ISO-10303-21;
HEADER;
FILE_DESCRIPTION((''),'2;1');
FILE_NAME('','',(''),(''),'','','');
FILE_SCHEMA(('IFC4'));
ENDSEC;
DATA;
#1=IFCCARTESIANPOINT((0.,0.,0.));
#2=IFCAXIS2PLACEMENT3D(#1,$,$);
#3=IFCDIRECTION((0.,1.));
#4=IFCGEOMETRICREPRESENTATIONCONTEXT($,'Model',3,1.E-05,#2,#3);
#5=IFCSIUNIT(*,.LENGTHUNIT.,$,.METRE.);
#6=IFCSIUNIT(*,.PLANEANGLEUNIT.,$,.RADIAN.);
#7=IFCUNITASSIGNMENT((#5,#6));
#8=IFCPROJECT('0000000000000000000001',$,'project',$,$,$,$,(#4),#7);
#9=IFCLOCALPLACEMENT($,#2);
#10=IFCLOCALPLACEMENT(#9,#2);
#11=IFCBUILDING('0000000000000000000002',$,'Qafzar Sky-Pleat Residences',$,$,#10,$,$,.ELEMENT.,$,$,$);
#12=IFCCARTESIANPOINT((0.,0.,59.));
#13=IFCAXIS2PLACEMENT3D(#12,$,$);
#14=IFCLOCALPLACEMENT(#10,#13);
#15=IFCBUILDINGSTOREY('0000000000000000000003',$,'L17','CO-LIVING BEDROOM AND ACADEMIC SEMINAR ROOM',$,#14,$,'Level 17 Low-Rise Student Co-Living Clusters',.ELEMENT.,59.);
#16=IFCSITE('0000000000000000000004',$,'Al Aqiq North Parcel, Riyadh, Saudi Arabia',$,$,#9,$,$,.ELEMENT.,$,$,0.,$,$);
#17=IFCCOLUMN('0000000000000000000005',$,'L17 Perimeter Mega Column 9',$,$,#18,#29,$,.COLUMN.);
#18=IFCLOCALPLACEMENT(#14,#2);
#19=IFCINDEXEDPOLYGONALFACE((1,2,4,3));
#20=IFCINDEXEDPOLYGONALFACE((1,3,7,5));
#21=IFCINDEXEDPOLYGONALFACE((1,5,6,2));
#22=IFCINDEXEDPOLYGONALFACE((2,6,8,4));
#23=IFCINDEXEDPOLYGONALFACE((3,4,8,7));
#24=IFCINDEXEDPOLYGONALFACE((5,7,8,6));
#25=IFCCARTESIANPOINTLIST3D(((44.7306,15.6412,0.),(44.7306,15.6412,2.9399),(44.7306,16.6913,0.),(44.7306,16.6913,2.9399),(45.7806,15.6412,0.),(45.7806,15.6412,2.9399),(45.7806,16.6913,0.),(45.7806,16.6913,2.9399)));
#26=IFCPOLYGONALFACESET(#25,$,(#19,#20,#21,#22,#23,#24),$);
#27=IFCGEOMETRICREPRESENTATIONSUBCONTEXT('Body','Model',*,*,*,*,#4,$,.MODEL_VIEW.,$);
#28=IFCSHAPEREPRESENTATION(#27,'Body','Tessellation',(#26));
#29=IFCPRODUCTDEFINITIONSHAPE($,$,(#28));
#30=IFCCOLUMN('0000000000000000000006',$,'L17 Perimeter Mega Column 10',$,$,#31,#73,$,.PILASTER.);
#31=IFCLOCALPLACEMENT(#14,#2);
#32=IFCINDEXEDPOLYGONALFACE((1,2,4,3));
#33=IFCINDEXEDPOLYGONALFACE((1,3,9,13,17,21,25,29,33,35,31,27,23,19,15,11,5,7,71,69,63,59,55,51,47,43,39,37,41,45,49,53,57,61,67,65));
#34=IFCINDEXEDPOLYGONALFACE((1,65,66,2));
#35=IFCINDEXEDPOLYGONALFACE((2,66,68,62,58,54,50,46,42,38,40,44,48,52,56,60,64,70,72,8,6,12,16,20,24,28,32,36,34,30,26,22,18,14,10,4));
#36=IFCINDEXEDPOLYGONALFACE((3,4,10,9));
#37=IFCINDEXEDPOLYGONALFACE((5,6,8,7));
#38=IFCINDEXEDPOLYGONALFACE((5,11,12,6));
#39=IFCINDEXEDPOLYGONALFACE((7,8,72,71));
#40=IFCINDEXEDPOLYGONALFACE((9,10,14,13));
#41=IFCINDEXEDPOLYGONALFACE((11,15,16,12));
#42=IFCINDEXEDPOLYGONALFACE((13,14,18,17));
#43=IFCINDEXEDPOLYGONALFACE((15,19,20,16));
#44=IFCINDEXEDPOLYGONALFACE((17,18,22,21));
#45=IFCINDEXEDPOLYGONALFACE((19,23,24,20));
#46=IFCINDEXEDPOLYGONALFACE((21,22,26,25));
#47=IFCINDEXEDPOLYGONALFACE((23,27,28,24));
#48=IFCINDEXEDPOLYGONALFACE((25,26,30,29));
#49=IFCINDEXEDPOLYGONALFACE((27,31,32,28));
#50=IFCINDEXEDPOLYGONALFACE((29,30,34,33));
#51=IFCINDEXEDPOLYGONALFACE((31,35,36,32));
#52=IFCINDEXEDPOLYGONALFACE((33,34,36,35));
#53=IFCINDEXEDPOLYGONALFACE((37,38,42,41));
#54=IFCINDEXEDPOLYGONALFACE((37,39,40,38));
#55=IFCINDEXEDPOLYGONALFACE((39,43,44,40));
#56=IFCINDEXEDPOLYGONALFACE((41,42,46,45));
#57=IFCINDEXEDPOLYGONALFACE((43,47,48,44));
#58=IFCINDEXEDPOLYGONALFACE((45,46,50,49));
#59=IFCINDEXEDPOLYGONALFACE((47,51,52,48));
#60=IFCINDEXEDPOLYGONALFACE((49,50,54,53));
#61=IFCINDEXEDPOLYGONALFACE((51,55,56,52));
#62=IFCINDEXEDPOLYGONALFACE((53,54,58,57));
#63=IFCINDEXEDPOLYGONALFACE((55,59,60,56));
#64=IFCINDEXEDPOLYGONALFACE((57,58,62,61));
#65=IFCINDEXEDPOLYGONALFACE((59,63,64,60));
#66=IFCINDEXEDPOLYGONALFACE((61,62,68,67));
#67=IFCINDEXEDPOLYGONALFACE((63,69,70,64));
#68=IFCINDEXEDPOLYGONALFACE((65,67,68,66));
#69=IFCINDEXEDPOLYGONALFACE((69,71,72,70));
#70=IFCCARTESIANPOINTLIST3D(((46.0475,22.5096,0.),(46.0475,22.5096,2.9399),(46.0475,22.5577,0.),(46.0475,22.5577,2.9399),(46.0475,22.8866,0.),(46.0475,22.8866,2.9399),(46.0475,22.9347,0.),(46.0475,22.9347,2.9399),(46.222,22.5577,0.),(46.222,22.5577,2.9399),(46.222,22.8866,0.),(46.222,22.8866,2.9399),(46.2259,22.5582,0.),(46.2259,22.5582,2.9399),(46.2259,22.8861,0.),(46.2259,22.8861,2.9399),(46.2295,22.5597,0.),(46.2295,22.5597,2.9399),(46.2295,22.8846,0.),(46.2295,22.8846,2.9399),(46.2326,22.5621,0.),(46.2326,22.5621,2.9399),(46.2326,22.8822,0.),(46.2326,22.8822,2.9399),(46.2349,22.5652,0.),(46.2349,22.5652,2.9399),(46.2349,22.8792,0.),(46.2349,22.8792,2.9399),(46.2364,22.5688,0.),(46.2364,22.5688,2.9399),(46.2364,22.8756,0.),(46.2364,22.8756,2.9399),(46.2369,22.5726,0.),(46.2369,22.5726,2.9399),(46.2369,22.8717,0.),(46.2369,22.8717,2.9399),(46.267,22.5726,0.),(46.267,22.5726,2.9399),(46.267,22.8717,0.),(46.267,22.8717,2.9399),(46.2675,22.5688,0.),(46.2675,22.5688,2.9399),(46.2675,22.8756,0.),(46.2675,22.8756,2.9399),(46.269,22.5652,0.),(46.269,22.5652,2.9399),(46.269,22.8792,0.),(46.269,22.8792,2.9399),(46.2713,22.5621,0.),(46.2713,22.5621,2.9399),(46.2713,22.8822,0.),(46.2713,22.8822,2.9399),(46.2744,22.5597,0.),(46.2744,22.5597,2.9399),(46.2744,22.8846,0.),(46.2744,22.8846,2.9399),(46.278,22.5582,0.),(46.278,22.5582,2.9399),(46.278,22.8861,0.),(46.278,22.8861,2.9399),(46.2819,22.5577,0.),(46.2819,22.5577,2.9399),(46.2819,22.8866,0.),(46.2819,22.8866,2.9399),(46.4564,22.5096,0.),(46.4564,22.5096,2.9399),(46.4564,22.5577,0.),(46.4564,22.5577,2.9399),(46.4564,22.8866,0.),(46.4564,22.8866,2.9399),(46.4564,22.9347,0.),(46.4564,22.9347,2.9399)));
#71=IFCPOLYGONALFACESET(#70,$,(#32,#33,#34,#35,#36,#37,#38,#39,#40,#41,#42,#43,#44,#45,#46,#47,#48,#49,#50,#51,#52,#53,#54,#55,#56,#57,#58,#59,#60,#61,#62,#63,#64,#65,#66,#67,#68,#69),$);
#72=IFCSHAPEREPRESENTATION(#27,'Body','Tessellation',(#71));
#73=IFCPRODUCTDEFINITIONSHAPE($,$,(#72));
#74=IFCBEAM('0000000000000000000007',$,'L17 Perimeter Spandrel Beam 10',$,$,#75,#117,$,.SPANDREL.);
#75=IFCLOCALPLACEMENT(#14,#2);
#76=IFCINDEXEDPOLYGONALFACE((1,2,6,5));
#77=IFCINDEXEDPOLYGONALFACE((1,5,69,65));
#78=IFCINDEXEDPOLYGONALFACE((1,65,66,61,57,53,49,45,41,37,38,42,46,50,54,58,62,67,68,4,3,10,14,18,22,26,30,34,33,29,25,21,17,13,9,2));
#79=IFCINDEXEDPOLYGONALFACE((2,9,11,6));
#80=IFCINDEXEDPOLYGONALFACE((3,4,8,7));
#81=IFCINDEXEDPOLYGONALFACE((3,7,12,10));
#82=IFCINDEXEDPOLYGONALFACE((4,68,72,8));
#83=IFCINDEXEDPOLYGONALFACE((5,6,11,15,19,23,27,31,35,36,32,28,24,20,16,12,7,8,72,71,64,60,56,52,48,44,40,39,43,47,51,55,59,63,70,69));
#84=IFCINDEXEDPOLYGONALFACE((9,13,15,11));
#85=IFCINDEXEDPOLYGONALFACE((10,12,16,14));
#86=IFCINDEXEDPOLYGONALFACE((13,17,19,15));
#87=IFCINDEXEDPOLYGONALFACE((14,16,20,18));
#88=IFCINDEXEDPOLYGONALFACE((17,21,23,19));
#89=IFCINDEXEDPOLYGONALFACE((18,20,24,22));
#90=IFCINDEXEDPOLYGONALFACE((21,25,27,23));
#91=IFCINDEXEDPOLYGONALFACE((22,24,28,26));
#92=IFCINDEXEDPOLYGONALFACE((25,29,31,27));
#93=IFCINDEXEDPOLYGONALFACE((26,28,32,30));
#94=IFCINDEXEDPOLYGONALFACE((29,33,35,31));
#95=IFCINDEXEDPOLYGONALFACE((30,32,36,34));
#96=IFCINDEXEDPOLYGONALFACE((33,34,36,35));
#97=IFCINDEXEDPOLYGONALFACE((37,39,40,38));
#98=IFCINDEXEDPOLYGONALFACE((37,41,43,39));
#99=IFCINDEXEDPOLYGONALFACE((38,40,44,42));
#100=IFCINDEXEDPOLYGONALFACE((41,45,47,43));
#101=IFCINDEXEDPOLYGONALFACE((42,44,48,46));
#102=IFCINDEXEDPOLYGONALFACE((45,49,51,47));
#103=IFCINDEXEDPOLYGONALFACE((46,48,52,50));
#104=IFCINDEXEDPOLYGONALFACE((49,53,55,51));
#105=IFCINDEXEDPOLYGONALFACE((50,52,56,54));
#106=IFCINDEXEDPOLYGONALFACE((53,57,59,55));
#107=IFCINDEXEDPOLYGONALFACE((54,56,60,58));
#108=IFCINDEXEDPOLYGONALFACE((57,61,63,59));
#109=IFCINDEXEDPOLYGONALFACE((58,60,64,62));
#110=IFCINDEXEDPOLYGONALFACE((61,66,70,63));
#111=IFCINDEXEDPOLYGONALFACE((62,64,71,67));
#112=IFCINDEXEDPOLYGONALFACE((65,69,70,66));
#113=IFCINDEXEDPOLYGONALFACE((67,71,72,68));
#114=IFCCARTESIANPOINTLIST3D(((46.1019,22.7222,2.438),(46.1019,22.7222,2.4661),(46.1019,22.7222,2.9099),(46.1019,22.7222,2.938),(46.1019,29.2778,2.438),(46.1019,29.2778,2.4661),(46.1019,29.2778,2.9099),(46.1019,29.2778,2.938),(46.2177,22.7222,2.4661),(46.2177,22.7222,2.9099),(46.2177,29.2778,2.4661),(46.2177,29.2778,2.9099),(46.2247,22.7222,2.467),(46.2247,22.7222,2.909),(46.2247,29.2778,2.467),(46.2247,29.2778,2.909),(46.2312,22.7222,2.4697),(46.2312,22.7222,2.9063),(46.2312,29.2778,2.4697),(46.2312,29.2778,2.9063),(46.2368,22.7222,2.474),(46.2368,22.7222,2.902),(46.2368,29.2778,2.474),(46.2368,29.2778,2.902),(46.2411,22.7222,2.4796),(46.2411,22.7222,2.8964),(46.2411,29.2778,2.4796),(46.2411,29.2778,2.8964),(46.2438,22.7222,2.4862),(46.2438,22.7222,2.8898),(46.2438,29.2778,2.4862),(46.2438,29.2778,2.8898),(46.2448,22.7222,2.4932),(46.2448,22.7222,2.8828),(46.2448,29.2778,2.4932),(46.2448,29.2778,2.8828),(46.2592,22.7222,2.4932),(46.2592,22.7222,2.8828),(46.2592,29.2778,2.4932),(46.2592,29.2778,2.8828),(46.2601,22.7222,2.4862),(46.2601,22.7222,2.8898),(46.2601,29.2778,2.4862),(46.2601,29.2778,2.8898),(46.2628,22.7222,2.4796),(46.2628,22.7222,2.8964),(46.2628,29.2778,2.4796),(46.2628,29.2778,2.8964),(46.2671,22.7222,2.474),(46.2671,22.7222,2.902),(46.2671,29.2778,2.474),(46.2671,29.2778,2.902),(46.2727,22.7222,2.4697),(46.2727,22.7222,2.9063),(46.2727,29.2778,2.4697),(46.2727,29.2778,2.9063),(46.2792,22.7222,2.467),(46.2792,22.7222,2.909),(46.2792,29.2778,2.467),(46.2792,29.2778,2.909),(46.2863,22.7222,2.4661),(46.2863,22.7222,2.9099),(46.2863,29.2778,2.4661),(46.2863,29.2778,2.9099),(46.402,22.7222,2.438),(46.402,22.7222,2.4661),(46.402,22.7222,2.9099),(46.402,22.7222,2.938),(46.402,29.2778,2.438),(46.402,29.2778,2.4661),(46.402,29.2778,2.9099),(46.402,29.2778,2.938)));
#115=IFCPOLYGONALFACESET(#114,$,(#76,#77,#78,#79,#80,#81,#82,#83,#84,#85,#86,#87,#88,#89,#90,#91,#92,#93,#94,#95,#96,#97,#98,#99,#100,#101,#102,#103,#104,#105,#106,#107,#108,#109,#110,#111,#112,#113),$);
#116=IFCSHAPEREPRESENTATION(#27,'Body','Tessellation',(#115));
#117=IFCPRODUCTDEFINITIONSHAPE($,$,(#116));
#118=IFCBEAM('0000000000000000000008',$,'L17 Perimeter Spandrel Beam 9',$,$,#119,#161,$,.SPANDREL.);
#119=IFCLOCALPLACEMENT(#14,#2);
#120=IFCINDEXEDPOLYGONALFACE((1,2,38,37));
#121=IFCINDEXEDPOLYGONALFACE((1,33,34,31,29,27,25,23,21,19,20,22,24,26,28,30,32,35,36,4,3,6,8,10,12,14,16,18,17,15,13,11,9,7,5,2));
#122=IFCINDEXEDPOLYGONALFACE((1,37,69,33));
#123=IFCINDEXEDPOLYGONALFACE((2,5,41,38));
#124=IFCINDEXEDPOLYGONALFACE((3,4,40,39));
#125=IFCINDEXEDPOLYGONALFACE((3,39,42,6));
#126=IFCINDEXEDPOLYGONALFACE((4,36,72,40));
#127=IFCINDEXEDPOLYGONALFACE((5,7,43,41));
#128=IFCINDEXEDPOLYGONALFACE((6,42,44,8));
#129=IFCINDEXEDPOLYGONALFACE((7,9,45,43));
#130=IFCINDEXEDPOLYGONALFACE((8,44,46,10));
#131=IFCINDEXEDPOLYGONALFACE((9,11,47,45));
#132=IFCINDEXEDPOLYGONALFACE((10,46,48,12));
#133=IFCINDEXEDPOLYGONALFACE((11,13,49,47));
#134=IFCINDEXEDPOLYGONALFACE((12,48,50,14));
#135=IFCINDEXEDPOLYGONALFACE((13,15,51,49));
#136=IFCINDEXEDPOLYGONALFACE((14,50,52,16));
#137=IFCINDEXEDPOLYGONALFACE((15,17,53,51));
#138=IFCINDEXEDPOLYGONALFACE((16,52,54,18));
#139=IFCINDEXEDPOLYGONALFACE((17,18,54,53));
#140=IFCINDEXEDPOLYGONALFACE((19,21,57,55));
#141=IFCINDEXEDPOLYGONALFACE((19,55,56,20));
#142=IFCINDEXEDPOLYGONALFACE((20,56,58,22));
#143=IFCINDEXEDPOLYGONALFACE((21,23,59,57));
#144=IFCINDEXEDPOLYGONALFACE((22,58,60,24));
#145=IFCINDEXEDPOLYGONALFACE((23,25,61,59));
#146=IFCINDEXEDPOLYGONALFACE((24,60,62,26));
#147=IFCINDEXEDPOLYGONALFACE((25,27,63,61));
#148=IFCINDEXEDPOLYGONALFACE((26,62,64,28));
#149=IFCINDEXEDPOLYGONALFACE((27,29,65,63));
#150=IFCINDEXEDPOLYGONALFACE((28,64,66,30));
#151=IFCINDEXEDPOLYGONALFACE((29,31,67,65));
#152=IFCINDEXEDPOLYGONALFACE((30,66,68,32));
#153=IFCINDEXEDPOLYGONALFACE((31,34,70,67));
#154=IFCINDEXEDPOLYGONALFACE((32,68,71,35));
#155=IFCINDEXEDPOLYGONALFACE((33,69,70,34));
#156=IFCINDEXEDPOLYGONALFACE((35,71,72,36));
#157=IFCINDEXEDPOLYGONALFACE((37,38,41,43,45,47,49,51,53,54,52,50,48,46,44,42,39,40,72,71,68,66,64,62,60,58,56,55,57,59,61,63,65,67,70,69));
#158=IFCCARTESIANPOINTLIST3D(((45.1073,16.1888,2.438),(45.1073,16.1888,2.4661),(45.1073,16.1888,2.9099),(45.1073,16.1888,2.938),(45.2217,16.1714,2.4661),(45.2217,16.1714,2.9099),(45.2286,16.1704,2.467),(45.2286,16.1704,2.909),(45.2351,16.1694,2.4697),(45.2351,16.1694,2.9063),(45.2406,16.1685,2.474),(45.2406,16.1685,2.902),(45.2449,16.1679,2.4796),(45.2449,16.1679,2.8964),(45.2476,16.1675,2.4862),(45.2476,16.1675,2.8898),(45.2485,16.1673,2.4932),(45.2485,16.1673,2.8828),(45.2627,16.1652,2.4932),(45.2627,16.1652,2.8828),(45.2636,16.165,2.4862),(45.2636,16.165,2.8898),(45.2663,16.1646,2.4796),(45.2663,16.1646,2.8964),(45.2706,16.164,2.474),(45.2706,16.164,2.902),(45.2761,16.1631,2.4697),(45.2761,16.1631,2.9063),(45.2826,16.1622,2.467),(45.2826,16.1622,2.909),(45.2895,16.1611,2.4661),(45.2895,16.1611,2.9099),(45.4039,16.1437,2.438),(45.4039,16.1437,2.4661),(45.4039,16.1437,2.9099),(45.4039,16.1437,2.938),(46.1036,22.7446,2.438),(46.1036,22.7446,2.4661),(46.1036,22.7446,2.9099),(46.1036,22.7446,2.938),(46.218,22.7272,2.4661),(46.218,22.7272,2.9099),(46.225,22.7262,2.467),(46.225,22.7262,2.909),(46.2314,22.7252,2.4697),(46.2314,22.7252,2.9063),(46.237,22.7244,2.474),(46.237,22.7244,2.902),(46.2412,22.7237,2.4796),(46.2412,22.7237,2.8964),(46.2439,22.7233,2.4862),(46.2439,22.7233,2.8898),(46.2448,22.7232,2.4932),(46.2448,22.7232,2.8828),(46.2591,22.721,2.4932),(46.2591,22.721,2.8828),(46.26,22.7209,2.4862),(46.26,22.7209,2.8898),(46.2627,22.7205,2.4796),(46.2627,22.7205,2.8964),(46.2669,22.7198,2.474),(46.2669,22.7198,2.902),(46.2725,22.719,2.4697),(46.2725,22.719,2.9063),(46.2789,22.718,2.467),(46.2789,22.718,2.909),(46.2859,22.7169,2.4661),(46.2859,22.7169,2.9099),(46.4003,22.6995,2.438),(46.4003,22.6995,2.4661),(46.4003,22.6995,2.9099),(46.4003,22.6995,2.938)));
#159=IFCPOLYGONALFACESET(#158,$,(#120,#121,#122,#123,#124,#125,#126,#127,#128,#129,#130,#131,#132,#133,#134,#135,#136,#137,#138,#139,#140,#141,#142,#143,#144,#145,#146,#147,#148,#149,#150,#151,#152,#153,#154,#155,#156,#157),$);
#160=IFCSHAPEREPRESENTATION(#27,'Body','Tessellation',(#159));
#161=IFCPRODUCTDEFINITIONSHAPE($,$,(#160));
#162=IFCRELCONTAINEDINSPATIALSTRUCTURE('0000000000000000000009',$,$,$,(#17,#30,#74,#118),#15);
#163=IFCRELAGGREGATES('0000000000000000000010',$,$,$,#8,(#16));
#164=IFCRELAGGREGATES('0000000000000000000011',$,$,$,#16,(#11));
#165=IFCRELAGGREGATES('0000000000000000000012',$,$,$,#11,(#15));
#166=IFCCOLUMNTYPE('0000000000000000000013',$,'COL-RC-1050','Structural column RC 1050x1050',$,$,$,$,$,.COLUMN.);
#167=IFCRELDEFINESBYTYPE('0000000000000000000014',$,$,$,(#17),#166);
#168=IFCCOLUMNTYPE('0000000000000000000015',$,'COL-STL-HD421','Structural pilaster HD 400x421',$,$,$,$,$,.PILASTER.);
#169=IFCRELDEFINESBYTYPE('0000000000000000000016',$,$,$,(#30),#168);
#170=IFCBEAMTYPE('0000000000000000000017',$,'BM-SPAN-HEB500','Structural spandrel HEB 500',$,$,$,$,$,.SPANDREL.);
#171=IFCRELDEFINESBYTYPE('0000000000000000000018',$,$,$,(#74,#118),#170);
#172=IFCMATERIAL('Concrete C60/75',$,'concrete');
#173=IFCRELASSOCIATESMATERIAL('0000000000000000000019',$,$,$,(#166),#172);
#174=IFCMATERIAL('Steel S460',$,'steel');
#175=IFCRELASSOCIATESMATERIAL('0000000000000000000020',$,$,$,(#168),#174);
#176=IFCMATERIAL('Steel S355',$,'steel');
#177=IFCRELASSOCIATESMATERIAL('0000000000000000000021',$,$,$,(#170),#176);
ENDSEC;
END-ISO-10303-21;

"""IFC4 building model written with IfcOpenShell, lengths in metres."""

from ifc_helpers import new_model, si_unit, direction, frame, origin, origin_2d, place, context, subcontext, project, spatial, rectangle, i_section, extrude, source, transform, mapped, material, material_profile, profile_set, type_object, element, save


model = new_model("IFC4")

# Units and contexts
model_context = context("Model", 3, precision=1e-05, world=origin(), true_north=direction((0.0, 1.0)))
body_context = subcontext(model_context, "Body", "Model", "MODEL_VIEW")
ifc_project = project(units=[si_unit("LENGTHUNIT", "METRE"), si_unit("PLANEANGLEUNIT", "RADIAN")], contexts=[model_context])

# Site, building, storey
site_placement = place(None, origin())
site = spatial("IfcSite", under=ifc_project, at=site_placement, Name="Al Aqiq North Parcel, Riyadh, Saudi Arabia", CompositionType="ELEMENT", RefElevation=0.0)
building_placement = place(site_placement, origin())
building = spatial("IfcBuilding", under=site, at=building_placement, Name="Qafzar Sky-Pleat Residences", CompositionType="ELEMENT")
storey_placement = place(building_placement, frame((0.0, 0.0, 59.0)))
storey = spatial("IfcBuildingStorey", under=building, at=storey_placement, Name="L17", Description="CO-LIVING BEDROOM AND ACADEMIC SEMINAR ROOM", LongName="Level 17 Low-Rise Student Co-Living Clusters", CompositionType="ELEMENT", Elevation=59.0)

# Columns
ifc_material_1 = material(Name="Concrete C60/75", Category="concrete")
ifc_material_profile_1 = material_profile(ifc_material_1, rectangle(XDim=1.05, YDim=1.05, at=origin_2d()), Name="RC 1050x1050")
ifc_profile_set_1 = profile_set([ifc_material_profile_1], Name="Concrete C60/75")
column_type_1 = type_object("IfcColumnType", Name="COL-RC-1050", Description="Structural column RC 1050x1050", PredefinedType="COLUMN", material=ifc_profile_set_1)
shared_shape_1 = source(origin(), body_context, "Body", "SweptSolid", [
    extrude(rectangle(XDim=1.05, YDim=1.05, at=origin_2d()), origin(), (0.0, 0.0, 1.0), 2.9399),
])
column_1_placement = place(storey_placement, frame((45.2556, 16.1663, 0.0), z_axis=(0.0, 0.0, 1.0), x_axis=(1.0, 0.0, 0.0)))
element("IfcColumn", 1, at=column_1_placement, inside=storey, type_object=column_type_1, Name="L17 Perimeter Mega Column 9", PredefinedType="COLUMN", context=body_context, shape_type="MappedRepresentation", body=[
    mapped(shared_shape_1, transform((0.0, 0.0, 0.0), x_axis=(1.0, 0.0, 0.0), y_axis=(0.0, 1.0, 0.0), z_axis=(0.0, 0.0, 1.0), scale=1.0)),
])
ifc_material_2 = material(Name="Steel S460", Category="steel")
ifc_material_profile_2 = material_profile(ifc_material_2, i_section(OverallWidth=0.4089, OverallDepth=0.425, WebThickness=0.03, FlangeThickness=0.0481, FilletRadius=0.0149, at=origin_2d()), Name="HD 400x421")
ifc_profile_set_2 = profile_set([ifc_material_profile_2], Name="Steel S460")
column_type_2 = type_object("IfcColumnType", Name="COL-STL-HD421", Description="Structural pilaster HD 400x421", PredefinedType="PILASTER", material=ifc_profile_set_2)
shared_shape_2 = source(origin(), body_context, "Body", "SweptSolid", [
    extrude(i_section(OverallWidth=0.4089, OverallDepth=0.425, WebThickness=0.03, FlangeThickness=0.0481, FilletRadius=0.0149, at=origin_2d()), origin(), (0.0, 0.0, 1.0), 2.9399),
])
column_2_placement = place(storey_placement, frame((46.252, 22.7222, 0.0), z_axis=(0.0, 0.0, 1.0), x_axis=(1.0, 0.0, 0.0)))
element("IfcColumn", 2, at=column_2_placement, inside=storey, type_object=column_type_2, Name="L17 Perimeter Mega Column 10", PredefinedType="PILASTER", context=body_context, shape_type="MappedRepresentation", body=[
    mapped(shared_shape_2, transform((0.0, 0.0, 0.0), x_axis=(1.0, 0.0, 0.0), y_axis=(0.0, 1.0, 0.0), z_axis=(0.0, 0.0, 1.0), scale=1.0)),
])

# Beams
ifc_material_3 = material(Name="Steel S355", Category="steel")
ifc_material_profile_3 = material_profile(ifc_material_3, i_section(OverallWidth=0.3, OverallDepth=0.5, WebThickness=0.0144, FlangeThickness=0.0281, FilletRadius=0.0271, at=origin_2d()), Name="HEB 500")
ifc_profile_set_3 = profile_set([ifc_material_profile_3], Name="Steel S355")
beam_type_1 = type_object("IfcBeamType", Name="BM-SPAN-HEB500", Description="Structural spandrel HEB 500", PredefinedType="SPANDREL", material=ifc_profile_set_3)
shared_shape_3 = source(origin(), body_context, "Body", "SweptSolid", [
    extrude(i_section(OverallWidth=0.3, OverallDepth=0.5, WebThickness=0.0144, FlangeThickness=0.0281, FilletRadius=0.0271, at=origin_2d()), origin(), (0.0, 0.0, 1.0), 6.5557),
])
beam_1_placement = place(storey_placement, frame((46.252, 22.7222, 2.688), z_axis=(0.0, 1.0, 0.0), x_axis=(-1.0, 0.0, 0.0)))
element("IfcBeam", 3, at=beam_1_placement, inside=storey, type_object=beam_type_1, Name="L17 Perimeter Spandrel Beam 10", PredefinedType="SPANDREL", context=body_context, shape_type="MappedRepresentation", body=[
    mapped(shared_shape_3, transform((0.0, 0.0, 0.0), x_axis=(1.0, 0.0, 0.0), y_axis=(0.0, 1.0, 0.0), z_axis=(0.0, 0.0, 1.0), scale=1.0)),
])
shared_shape_4 = source(origin(), body_context, "Body", "SweptSolid", [
    extrude(i_section(OverallWidth=0.3, OverallDepth=0.5, WebThickness=0.0144, FlangeThickness=0.0281, FilletRadius=0.0271, at=origin_2d()), origin(), (0.0, 0.0, 1.0), 6.6311),
])
beam_2_placement = place(storey_placement, frame((45.2556, 16.1663, 2.688), z_axis=(0.15025, 0.988648, 0.0), x_axis=(-0.988648, 0.15025, 0.0)))
element("IfcBeam", 4, at=beam_2_placement, inside=storey, type_object=beam_type_1, Name="L17 Perimeter Spandrel Beam 9", PredefinedType="SPANDREL", context=body_context, shape_type="MappedRepresentation", body=[
    mapped(shared_shape_4, transform((0.0, 0.0, 0.0), x_axis=(1.0, 0.0, 0.0), y_axis=(0.0, 1.0, 0.0), z_axis=(0.0, 0.0, 1.0), scale=1.0)),
])

save(model, "model.ifc")
